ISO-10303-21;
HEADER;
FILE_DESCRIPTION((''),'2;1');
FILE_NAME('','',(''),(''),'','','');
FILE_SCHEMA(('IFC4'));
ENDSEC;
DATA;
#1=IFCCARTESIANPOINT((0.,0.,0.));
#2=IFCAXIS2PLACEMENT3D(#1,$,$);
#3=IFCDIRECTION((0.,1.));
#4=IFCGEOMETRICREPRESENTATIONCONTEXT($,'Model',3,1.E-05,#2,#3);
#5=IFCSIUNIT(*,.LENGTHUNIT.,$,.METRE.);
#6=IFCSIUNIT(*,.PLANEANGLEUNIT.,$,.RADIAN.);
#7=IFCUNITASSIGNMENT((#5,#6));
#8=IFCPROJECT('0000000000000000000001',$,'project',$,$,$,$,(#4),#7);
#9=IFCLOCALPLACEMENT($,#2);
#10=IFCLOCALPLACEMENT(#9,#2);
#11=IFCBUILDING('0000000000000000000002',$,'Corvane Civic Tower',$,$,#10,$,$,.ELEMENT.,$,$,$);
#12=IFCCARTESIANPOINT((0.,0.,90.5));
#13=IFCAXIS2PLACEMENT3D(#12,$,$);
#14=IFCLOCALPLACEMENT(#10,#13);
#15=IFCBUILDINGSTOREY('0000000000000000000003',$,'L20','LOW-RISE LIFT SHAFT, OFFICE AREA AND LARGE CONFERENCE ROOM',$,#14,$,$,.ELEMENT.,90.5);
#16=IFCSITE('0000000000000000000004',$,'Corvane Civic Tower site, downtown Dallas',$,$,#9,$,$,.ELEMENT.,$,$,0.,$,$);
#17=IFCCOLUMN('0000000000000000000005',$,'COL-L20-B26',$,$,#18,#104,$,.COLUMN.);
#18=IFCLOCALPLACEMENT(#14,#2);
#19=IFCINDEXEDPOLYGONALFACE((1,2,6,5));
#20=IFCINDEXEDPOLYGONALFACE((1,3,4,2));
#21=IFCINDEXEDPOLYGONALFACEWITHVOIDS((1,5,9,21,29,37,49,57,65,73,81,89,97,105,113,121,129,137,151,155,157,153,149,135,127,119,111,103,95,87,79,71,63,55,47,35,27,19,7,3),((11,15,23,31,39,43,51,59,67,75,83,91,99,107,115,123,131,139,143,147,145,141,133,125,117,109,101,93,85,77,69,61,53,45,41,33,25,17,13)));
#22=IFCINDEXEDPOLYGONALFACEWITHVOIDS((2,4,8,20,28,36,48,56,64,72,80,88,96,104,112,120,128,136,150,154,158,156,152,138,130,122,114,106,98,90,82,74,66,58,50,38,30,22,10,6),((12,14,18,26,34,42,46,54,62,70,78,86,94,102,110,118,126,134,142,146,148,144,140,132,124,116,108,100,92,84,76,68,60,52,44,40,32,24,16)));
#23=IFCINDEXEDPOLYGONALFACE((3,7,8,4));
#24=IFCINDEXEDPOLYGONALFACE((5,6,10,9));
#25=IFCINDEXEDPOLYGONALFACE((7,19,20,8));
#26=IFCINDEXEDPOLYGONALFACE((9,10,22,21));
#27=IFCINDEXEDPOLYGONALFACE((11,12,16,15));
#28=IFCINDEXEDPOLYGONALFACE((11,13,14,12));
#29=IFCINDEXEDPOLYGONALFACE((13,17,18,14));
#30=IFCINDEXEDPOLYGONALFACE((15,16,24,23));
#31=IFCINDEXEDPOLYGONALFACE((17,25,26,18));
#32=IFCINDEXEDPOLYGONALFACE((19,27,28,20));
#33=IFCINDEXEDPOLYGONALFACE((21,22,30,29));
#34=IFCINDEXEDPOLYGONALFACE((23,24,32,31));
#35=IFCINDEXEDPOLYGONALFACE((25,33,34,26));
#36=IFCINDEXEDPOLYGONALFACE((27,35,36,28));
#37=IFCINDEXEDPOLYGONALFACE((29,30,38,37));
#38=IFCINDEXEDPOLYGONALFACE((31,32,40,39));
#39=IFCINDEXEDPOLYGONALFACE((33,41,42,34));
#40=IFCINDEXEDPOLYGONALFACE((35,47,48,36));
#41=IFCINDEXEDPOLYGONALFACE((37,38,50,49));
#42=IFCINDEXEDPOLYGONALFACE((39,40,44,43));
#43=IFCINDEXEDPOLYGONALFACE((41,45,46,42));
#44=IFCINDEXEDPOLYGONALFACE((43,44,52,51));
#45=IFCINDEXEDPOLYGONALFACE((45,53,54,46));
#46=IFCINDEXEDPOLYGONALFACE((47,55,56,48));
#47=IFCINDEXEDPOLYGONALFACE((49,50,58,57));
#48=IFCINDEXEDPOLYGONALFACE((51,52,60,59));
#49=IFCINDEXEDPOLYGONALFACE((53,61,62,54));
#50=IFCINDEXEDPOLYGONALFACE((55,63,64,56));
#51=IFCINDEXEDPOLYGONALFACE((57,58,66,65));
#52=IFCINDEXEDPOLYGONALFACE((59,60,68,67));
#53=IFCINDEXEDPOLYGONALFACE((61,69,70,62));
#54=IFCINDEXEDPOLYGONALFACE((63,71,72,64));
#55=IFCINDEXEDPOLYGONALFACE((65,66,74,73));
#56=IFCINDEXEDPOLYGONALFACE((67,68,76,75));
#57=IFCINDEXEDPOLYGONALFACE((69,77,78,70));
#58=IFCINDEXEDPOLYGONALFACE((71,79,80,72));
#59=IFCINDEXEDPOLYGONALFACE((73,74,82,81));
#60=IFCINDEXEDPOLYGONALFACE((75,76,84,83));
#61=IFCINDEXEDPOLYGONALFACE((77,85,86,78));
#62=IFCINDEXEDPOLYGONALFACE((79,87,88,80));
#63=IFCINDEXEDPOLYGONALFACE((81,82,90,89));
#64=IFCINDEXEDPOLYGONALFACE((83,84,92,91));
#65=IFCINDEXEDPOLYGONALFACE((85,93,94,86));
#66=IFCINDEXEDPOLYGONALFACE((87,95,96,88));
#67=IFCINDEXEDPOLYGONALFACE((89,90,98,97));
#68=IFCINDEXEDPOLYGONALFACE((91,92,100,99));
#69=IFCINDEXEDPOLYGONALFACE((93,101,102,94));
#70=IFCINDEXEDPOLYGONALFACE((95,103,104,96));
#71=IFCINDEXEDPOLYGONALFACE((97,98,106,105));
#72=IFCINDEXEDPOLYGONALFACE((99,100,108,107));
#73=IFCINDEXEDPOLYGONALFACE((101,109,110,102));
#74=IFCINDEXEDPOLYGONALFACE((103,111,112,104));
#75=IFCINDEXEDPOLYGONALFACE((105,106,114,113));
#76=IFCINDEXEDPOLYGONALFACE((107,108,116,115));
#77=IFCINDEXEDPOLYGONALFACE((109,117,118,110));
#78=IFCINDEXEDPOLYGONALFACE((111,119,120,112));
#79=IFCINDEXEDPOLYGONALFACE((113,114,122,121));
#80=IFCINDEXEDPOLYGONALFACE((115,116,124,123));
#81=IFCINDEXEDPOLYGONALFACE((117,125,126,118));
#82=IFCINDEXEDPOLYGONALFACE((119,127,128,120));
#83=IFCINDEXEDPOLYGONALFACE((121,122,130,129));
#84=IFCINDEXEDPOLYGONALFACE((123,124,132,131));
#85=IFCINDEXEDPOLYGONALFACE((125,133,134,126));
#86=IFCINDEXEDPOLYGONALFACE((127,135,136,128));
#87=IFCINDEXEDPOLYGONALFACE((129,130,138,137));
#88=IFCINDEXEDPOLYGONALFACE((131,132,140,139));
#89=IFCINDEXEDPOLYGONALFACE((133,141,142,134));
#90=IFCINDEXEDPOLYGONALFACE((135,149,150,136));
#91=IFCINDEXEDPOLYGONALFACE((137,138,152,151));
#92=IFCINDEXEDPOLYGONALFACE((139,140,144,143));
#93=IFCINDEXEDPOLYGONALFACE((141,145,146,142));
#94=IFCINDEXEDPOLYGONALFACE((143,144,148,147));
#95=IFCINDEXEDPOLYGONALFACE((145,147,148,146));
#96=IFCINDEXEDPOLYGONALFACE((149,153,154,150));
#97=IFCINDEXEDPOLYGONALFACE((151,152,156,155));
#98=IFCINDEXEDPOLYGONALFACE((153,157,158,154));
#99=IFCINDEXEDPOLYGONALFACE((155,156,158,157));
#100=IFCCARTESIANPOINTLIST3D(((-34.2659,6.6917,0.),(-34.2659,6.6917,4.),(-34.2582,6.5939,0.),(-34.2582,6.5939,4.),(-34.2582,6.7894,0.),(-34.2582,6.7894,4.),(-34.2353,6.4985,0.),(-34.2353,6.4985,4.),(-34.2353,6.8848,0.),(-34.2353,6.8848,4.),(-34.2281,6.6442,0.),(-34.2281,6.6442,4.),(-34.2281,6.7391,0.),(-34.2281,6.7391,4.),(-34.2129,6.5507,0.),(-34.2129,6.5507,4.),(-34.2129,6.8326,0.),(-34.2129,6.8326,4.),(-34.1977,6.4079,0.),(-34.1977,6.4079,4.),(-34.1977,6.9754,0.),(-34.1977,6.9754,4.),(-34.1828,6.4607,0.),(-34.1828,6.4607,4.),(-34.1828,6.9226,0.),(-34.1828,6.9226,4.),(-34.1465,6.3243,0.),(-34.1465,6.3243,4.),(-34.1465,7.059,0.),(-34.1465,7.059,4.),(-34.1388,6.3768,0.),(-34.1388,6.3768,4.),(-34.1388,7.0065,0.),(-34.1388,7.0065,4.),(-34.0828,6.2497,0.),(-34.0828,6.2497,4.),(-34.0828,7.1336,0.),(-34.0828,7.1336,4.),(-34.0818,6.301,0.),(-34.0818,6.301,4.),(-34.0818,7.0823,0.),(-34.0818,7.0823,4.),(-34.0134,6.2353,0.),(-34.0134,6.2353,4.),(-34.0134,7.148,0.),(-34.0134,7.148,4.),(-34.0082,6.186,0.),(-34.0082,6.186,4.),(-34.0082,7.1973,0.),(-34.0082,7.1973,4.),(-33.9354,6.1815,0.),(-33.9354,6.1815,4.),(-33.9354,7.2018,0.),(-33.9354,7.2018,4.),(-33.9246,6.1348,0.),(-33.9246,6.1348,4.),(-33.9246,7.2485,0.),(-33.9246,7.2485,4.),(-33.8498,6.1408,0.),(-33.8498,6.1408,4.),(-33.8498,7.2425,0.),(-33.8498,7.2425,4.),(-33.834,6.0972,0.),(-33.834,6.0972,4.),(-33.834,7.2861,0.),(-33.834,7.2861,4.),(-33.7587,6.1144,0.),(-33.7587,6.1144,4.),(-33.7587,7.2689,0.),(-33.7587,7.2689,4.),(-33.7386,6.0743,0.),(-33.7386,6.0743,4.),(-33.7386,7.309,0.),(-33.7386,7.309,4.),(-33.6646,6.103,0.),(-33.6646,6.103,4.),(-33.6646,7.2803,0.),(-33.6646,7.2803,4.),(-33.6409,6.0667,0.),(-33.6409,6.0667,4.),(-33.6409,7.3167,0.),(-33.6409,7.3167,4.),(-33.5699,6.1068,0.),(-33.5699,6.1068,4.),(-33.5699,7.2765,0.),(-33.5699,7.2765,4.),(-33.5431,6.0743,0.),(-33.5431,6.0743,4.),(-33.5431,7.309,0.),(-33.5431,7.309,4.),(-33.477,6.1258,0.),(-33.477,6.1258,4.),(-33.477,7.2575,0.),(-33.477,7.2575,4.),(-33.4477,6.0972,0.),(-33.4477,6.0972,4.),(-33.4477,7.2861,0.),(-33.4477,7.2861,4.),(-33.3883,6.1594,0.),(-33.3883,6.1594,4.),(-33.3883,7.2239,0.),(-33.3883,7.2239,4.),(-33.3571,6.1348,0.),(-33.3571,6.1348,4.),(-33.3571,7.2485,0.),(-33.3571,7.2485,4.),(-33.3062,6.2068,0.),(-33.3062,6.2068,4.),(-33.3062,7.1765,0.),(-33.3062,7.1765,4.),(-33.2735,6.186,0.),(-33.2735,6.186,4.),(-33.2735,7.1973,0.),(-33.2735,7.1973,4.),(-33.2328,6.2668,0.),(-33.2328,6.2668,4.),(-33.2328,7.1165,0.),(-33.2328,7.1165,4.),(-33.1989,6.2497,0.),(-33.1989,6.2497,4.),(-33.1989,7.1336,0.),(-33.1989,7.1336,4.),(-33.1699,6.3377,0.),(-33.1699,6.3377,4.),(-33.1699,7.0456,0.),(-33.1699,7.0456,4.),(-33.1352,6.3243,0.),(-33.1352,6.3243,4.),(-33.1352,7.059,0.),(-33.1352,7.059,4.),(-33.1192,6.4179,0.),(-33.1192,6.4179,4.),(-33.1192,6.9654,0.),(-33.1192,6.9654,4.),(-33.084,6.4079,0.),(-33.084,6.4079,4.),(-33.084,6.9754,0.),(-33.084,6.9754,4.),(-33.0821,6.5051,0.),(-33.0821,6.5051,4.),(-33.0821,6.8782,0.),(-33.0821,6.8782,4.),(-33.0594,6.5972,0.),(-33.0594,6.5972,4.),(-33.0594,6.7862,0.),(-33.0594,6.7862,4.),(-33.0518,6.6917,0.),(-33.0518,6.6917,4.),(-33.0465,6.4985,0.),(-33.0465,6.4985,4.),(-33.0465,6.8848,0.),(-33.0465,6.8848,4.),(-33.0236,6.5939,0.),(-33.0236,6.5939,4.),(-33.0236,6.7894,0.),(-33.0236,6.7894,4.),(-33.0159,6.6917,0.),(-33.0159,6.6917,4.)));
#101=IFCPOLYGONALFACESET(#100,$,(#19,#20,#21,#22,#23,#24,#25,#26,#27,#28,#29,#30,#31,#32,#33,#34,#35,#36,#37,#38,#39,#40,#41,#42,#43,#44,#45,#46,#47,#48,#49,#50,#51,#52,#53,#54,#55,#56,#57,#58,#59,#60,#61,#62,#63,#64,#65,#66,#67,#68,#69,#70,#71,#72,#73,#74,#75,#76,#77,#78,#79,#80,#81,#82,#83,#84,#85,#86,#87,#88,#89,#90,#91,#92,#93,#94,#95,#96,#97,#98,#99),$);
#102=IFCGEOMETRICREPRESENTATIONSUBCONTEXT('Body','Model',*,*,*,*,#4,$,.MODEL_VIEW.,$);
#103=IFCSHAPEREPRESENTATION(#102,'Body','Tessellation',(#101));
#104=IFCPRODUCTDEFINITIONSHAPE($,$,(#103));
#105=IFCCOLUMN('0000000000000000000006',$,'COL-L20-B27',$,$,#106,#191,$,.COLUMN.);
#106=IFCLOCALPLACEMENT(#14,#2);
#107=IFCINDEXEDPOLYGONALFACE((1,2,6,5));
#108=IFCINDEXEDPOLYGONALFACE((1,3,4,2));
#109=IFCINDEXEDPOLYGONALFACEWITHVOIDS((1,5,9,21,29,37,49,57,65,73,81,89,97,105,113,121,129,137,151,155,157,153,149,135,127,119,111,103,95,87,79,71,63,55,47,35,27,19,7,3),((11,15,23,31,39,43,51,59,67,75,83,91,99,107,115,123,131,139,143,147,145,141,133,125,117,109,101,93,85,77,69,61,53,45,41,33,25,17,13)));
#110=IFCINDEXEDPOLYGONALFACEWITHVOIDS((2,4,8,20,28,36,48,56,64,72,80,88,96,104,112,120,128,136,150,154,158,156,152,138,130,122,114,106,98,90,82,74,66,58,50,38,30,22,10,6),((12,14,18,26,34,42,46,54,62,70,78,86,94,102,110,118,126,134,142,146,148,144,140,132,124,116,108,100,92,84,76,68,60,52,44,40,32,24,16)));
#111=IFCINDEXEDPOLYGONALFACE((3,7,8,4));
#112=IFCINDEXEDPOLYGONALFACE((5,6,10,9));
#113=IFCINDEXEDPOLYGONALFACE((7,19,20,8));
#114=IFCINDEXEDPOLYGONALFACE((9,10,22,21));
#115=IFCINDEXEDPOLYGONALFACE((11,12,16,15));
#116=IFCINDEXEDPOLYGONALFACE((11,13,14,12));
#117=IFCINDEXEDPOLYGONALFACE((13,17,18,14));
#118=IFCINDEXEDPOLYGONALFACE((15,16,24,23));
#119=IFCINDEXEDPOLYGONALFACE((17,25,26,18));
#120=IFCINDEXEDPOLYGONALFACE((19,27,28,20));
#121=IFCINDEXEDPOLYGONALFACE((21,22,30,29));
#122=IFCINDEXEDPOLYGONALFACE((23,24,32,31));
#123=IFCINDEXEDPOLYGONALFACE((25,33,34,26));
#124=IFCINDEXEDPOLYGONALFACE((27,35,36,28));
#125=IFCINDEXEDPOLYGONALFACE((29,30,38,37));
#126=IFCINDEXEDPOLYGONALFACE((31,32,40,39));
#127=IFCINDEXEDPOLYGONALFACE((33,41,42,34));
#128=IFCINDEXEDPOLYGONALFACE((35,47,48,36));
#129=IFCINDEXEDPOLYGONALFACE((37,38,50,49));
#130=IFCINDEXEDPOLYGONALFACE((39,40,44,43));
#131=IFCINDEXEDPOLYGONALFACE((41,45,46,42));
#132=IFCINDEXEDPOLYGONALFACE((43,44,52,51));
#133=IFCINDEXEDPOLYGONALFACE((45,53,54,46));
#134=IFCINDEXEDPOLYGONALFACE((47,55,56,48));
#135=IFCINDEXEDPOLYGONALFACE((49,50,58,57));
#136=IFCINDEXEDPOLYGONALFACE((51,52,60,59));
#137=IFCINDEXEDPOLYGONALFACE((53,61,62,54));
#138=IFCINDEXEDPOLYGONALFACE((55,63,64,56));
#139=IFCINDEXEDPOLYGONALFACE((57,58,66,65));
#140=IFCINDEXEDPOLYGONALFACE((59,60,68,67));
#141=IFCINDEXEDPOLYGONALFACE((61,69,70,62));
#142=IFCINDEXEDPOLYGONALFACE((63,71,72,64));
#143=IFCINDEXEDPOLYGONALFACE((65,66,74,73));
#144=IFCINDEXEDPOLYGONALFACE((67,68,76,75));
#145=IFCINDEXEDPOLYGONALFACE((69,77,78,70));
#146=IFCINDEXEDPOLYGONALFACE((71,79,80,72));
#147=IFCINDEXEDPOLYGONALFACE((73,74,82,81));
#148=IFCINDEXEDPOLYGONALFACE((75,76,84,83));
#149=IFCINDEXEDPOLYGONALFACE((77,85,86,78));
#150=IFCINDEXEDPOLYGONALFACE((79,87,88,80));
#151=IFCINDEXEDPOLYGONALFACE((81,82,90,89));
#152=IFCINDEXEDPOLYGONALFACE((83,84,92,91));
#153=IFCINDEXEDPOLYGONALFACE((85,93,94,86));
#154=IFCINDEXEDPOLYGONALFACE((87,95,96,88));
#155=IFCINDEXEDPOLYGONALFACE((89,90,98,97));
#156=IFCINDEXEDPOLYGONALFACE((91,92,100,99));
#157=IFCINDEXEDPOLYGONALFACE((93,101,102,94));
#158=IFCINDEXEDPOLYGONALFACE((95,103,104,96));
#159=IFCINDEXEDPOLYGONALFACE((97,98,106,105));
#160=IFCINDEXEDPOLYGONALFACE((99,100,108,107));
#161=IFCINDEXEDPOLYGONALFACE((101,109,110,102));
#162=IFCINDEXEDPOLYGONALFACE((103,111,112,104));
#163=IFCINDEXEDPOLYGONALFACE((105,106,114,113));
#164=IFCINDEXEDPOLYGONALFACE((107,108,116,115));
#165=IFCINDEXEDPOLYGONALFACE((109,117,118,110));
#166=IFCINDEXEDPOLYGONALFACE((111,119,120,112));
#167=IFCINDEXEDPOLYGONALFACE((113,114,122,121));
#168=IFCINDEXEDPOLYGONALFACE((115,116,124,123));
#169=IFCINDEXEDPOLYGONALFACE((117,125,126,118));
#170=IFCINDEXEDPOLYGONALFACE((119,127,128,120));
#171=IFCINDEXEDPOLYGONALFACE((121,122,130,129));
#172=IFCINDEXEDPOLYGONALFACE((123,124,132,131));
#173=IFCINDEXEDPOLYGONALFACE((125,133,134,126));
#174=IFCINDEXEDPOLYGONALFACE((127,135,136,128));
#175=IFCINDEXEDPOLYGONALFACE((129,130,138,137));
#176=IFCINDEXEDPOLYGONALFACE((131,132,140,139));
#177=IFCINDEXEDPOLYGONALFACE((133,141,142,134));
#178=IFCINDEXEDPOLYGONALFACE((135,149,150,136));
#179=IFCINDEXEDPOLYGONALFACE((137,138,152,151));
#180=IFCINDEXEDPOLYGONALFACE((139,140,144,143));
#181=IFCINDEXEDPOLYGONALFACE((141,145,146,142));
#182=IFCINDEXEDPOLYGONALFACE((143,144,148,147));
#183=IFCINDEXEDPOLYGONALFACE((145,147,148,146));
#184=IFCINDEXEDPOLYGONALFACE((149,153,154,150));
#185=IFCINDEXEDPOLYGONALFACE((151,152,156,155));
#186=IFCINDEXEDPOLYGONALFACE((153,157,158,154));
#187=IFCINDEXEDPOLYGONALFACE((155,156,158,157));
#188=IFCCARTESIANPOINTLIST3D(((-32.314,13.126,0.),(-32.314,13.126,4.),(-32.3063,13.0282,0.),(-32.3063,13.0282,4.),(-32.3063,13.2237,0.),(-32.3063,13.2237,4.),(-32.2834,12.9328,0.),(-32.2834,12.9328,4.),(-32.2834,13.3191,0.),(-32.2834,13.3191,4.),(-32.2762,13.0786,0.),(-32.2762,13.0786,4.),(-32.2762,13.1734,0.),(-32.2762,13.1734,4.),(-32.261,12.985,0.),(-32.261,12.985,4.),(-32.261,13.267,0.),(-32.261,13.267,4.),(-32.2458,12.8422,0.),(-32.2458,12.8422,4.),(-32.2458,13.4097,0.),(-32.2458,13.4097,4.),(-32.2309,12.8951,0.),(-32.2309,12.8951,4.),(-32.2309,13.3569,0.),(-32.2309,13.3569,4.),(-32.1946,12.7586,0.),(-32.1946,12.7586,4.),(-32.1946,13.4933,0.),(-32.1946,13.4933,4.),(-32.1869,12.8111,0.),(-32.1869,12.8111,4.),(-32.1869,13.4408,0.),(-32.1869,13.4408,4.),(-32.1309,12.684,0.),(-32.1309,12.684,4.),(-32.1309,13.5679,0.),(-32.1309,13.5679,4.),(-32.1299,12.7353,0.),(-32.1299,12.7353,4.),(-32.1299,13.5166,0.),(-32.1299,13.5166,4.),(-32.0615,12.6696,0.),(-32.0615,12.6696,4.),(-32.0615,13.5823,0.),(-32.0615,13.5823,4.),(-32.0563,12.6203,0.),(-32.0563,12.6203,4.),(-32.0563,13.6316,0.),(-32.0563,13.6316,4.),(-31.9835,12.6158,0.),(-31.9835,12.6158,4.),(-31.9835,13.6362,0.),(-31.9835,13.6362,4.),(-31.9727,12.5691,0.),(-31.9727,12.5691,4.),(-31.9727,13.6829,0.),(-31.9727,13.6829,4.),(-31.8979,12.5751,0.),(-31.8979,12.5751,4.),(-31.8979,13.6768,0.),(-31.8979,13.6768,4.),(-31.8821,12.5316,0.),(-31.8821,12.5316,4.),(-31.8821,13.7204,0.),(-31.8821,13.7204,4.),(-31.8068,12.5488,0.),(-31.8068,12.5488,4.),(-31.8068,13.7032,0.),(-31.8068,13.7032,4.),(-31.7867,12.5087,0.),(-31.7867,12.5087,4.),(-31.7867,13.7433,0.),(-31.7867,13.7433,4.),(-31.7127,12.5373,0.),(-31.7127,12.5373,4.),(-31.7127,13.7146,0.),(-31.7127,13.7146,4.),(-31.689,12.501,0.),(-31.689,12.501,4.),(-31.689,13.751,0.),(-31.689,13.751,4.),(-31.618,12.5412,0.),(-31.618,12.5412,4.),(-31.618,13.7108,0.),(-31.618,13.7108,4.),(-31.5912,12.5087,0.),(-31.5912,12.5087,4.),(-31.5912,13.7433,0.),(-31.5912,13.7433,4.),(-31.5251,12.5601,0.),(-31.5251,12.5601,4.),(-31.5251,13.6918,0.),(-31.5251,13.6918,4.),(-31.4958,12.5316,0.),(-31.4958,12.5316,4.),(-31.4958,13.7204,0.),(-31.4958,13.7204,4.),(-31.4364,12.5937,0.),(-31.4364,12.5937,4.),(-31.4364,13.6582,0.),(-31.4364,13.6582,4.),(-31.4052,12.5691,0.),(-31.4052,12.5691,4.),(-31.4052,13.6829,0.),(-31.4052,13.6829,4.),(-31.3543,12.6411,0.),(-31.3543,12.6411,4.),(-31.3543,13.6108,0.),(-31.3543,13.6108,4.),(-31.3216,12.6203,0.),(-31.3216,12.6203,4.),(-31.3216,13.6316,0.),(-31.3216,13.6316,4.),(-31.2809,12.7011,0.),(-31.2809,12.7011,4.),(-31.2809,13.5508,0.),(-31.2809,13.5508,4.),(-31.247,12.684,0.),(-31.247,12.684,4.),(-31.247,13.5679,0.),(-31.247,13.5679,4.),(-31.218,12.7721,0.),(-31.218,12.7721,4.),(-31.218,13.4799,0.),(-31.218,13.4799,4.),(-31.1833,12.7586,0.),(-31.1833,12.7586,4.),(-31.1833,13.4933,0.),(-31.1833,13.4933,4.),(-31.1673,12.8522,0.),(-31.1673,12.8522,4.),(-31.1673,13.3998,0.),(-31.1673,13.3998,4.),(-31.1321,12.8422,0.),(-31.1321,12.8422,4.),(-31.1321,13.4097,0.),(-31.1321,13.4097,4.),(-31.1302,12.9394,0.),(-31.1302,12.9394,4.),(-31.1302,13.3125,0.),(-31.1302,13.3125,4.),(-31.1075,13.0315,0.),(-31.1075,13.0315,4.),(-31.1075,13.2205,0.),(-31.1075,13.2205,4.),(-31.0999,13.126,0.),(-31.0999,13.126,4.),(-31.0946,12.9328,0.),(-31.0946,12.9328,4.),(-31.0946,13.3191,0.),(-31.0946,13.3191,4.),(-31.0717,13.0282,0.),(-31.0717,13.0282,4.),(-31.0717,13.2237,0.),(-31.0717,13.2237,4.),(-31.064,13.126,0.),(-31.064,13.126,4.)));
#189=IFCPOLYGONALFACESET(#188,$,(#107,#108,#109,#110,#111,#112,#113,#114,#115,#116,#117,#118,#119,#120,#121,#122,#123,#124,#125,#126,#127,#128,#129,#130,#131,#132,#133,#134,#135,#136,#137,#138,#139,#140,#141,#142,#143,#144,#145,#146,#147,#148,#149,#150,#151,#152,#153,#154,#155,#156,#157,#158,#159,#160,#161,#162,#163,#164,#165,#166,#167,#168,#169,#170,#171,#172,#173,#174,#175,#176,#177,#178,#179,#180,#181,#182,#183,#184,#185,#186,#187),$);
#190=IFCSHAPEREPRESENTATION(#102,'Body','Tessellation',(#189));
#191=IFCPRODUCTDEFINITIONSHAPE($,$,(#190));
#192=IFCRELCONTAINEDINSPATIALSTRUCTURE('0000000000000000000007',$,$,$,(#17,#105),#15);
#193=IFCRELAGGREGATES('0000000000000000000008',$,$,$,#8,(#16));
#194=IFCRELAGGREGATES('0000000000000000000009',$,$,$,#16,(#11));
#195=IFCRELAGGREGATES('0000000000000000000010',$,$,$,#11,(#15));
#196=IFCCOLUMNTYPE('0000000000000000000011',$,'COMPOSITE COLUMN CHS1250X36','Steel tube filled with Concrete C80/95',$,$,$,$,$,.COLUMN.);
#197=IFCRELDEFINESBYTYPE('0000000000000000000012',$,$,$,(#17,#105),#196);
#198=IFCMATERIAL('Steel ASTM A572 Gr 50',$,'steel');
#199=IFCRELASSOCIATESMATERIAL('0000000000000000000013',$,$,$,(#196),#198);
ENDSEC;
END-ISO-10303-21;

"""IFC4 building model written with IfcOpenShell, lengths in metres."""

from ifc_helpers import new_model, si_unit, direction, frame, origin, origin_2d, place, context, subcontext, project, spatial, hollow_circle, extrude, material, material_profile, profile_set, type_object, element, save


model = new_model("IFC4")

# Units and contexts
model_context = context("Model", 3, precision=1e-05, world=origin(), true_north=direction((0.0, 1.0)))
body_context = subcontext(model_context, "Body", "Model", "MODEL_VIEW")
ifc_project = project(units=[si_unit("LENGTHUNIT", "METRE"), si_unit("PLANEANGLEUNIT", "RADIAN")], contexts=[model_context])

# Site, building, storey
site_placement = place(None, origin())
site = spatial("IfcSite", under=ifc_project, at=site_placement, Name="Corvane Civic Tower site, downtown Dallas", CompositionType="ELEMENT", RefElevation=0.0)
building_placement = place(site_placement, origin())
building = spatial("IfcBuilding", under=site, at=building_placement, Name="Corvane Civic Tower", CompositionType="ELEMENT")
storey_placement = place(building_placement, frame((0.0, 0.0, 90.5)))
storey = spatial("IfcBuildingStorey", under=building, at=storey_placement, Name="L20", Description="LOW-RISE LIFT SHAFT, OFFICE AREA AND LARGE CONFERENCE ROOM", CompositionType="ELEMENT", Elevation=90.5)

# Columns
ifc_material_1 = material(Name="Steel ASTM A572 Gr 50", Category="steel")
ifc_material_profile_1 = material_profile(ifc_material_1, hollow_circle(Radius=0.625, WallThickness=0.0359, at=origin_2d()), Name="CHS1250X36")
ifc_profile_set_1 = profile_set([ifc_material_profile_1], Name="Steel ASTM A572 Gr 50")
column_type = type_object("IfcColumnType", Name="COMPOSITE COLUMN CHS1250X36", Description="Steel tube filled with Concrete C80/95", PredefinedType="COLUMN", material=ifc_profile_set_1)
for number, where, z_axis, x_axis, name in (
    (1, (-33.6409, 6.6917, 0.0), (0.0, 0.0, 1.0), (1.0, 0.0, 0.0), "COL-L20-B26"),
    (2, (-31.689, 13.126, 0.0), (0.0, 0.0, 1.0), (1.0, 0.0, 0.0), "COL-L20-B27"),
):
    element("IfcColumn", number, at=place(storey_placement, frame(where, z_axis=z_axis, x_axis=x_axis)), inside=storey, type_object=column_type, Name=name, PredefinedType="COLUMN", context=body_context, shape_type="SweptSolid", body=[
        extrude(hollow_circle(Radius=0.625, WallThickness=0.0359, at=origin_2d()), origin(), (0.0, 0.0, 1.0), 4.0),
    ])

save(model, "model.ifc")
